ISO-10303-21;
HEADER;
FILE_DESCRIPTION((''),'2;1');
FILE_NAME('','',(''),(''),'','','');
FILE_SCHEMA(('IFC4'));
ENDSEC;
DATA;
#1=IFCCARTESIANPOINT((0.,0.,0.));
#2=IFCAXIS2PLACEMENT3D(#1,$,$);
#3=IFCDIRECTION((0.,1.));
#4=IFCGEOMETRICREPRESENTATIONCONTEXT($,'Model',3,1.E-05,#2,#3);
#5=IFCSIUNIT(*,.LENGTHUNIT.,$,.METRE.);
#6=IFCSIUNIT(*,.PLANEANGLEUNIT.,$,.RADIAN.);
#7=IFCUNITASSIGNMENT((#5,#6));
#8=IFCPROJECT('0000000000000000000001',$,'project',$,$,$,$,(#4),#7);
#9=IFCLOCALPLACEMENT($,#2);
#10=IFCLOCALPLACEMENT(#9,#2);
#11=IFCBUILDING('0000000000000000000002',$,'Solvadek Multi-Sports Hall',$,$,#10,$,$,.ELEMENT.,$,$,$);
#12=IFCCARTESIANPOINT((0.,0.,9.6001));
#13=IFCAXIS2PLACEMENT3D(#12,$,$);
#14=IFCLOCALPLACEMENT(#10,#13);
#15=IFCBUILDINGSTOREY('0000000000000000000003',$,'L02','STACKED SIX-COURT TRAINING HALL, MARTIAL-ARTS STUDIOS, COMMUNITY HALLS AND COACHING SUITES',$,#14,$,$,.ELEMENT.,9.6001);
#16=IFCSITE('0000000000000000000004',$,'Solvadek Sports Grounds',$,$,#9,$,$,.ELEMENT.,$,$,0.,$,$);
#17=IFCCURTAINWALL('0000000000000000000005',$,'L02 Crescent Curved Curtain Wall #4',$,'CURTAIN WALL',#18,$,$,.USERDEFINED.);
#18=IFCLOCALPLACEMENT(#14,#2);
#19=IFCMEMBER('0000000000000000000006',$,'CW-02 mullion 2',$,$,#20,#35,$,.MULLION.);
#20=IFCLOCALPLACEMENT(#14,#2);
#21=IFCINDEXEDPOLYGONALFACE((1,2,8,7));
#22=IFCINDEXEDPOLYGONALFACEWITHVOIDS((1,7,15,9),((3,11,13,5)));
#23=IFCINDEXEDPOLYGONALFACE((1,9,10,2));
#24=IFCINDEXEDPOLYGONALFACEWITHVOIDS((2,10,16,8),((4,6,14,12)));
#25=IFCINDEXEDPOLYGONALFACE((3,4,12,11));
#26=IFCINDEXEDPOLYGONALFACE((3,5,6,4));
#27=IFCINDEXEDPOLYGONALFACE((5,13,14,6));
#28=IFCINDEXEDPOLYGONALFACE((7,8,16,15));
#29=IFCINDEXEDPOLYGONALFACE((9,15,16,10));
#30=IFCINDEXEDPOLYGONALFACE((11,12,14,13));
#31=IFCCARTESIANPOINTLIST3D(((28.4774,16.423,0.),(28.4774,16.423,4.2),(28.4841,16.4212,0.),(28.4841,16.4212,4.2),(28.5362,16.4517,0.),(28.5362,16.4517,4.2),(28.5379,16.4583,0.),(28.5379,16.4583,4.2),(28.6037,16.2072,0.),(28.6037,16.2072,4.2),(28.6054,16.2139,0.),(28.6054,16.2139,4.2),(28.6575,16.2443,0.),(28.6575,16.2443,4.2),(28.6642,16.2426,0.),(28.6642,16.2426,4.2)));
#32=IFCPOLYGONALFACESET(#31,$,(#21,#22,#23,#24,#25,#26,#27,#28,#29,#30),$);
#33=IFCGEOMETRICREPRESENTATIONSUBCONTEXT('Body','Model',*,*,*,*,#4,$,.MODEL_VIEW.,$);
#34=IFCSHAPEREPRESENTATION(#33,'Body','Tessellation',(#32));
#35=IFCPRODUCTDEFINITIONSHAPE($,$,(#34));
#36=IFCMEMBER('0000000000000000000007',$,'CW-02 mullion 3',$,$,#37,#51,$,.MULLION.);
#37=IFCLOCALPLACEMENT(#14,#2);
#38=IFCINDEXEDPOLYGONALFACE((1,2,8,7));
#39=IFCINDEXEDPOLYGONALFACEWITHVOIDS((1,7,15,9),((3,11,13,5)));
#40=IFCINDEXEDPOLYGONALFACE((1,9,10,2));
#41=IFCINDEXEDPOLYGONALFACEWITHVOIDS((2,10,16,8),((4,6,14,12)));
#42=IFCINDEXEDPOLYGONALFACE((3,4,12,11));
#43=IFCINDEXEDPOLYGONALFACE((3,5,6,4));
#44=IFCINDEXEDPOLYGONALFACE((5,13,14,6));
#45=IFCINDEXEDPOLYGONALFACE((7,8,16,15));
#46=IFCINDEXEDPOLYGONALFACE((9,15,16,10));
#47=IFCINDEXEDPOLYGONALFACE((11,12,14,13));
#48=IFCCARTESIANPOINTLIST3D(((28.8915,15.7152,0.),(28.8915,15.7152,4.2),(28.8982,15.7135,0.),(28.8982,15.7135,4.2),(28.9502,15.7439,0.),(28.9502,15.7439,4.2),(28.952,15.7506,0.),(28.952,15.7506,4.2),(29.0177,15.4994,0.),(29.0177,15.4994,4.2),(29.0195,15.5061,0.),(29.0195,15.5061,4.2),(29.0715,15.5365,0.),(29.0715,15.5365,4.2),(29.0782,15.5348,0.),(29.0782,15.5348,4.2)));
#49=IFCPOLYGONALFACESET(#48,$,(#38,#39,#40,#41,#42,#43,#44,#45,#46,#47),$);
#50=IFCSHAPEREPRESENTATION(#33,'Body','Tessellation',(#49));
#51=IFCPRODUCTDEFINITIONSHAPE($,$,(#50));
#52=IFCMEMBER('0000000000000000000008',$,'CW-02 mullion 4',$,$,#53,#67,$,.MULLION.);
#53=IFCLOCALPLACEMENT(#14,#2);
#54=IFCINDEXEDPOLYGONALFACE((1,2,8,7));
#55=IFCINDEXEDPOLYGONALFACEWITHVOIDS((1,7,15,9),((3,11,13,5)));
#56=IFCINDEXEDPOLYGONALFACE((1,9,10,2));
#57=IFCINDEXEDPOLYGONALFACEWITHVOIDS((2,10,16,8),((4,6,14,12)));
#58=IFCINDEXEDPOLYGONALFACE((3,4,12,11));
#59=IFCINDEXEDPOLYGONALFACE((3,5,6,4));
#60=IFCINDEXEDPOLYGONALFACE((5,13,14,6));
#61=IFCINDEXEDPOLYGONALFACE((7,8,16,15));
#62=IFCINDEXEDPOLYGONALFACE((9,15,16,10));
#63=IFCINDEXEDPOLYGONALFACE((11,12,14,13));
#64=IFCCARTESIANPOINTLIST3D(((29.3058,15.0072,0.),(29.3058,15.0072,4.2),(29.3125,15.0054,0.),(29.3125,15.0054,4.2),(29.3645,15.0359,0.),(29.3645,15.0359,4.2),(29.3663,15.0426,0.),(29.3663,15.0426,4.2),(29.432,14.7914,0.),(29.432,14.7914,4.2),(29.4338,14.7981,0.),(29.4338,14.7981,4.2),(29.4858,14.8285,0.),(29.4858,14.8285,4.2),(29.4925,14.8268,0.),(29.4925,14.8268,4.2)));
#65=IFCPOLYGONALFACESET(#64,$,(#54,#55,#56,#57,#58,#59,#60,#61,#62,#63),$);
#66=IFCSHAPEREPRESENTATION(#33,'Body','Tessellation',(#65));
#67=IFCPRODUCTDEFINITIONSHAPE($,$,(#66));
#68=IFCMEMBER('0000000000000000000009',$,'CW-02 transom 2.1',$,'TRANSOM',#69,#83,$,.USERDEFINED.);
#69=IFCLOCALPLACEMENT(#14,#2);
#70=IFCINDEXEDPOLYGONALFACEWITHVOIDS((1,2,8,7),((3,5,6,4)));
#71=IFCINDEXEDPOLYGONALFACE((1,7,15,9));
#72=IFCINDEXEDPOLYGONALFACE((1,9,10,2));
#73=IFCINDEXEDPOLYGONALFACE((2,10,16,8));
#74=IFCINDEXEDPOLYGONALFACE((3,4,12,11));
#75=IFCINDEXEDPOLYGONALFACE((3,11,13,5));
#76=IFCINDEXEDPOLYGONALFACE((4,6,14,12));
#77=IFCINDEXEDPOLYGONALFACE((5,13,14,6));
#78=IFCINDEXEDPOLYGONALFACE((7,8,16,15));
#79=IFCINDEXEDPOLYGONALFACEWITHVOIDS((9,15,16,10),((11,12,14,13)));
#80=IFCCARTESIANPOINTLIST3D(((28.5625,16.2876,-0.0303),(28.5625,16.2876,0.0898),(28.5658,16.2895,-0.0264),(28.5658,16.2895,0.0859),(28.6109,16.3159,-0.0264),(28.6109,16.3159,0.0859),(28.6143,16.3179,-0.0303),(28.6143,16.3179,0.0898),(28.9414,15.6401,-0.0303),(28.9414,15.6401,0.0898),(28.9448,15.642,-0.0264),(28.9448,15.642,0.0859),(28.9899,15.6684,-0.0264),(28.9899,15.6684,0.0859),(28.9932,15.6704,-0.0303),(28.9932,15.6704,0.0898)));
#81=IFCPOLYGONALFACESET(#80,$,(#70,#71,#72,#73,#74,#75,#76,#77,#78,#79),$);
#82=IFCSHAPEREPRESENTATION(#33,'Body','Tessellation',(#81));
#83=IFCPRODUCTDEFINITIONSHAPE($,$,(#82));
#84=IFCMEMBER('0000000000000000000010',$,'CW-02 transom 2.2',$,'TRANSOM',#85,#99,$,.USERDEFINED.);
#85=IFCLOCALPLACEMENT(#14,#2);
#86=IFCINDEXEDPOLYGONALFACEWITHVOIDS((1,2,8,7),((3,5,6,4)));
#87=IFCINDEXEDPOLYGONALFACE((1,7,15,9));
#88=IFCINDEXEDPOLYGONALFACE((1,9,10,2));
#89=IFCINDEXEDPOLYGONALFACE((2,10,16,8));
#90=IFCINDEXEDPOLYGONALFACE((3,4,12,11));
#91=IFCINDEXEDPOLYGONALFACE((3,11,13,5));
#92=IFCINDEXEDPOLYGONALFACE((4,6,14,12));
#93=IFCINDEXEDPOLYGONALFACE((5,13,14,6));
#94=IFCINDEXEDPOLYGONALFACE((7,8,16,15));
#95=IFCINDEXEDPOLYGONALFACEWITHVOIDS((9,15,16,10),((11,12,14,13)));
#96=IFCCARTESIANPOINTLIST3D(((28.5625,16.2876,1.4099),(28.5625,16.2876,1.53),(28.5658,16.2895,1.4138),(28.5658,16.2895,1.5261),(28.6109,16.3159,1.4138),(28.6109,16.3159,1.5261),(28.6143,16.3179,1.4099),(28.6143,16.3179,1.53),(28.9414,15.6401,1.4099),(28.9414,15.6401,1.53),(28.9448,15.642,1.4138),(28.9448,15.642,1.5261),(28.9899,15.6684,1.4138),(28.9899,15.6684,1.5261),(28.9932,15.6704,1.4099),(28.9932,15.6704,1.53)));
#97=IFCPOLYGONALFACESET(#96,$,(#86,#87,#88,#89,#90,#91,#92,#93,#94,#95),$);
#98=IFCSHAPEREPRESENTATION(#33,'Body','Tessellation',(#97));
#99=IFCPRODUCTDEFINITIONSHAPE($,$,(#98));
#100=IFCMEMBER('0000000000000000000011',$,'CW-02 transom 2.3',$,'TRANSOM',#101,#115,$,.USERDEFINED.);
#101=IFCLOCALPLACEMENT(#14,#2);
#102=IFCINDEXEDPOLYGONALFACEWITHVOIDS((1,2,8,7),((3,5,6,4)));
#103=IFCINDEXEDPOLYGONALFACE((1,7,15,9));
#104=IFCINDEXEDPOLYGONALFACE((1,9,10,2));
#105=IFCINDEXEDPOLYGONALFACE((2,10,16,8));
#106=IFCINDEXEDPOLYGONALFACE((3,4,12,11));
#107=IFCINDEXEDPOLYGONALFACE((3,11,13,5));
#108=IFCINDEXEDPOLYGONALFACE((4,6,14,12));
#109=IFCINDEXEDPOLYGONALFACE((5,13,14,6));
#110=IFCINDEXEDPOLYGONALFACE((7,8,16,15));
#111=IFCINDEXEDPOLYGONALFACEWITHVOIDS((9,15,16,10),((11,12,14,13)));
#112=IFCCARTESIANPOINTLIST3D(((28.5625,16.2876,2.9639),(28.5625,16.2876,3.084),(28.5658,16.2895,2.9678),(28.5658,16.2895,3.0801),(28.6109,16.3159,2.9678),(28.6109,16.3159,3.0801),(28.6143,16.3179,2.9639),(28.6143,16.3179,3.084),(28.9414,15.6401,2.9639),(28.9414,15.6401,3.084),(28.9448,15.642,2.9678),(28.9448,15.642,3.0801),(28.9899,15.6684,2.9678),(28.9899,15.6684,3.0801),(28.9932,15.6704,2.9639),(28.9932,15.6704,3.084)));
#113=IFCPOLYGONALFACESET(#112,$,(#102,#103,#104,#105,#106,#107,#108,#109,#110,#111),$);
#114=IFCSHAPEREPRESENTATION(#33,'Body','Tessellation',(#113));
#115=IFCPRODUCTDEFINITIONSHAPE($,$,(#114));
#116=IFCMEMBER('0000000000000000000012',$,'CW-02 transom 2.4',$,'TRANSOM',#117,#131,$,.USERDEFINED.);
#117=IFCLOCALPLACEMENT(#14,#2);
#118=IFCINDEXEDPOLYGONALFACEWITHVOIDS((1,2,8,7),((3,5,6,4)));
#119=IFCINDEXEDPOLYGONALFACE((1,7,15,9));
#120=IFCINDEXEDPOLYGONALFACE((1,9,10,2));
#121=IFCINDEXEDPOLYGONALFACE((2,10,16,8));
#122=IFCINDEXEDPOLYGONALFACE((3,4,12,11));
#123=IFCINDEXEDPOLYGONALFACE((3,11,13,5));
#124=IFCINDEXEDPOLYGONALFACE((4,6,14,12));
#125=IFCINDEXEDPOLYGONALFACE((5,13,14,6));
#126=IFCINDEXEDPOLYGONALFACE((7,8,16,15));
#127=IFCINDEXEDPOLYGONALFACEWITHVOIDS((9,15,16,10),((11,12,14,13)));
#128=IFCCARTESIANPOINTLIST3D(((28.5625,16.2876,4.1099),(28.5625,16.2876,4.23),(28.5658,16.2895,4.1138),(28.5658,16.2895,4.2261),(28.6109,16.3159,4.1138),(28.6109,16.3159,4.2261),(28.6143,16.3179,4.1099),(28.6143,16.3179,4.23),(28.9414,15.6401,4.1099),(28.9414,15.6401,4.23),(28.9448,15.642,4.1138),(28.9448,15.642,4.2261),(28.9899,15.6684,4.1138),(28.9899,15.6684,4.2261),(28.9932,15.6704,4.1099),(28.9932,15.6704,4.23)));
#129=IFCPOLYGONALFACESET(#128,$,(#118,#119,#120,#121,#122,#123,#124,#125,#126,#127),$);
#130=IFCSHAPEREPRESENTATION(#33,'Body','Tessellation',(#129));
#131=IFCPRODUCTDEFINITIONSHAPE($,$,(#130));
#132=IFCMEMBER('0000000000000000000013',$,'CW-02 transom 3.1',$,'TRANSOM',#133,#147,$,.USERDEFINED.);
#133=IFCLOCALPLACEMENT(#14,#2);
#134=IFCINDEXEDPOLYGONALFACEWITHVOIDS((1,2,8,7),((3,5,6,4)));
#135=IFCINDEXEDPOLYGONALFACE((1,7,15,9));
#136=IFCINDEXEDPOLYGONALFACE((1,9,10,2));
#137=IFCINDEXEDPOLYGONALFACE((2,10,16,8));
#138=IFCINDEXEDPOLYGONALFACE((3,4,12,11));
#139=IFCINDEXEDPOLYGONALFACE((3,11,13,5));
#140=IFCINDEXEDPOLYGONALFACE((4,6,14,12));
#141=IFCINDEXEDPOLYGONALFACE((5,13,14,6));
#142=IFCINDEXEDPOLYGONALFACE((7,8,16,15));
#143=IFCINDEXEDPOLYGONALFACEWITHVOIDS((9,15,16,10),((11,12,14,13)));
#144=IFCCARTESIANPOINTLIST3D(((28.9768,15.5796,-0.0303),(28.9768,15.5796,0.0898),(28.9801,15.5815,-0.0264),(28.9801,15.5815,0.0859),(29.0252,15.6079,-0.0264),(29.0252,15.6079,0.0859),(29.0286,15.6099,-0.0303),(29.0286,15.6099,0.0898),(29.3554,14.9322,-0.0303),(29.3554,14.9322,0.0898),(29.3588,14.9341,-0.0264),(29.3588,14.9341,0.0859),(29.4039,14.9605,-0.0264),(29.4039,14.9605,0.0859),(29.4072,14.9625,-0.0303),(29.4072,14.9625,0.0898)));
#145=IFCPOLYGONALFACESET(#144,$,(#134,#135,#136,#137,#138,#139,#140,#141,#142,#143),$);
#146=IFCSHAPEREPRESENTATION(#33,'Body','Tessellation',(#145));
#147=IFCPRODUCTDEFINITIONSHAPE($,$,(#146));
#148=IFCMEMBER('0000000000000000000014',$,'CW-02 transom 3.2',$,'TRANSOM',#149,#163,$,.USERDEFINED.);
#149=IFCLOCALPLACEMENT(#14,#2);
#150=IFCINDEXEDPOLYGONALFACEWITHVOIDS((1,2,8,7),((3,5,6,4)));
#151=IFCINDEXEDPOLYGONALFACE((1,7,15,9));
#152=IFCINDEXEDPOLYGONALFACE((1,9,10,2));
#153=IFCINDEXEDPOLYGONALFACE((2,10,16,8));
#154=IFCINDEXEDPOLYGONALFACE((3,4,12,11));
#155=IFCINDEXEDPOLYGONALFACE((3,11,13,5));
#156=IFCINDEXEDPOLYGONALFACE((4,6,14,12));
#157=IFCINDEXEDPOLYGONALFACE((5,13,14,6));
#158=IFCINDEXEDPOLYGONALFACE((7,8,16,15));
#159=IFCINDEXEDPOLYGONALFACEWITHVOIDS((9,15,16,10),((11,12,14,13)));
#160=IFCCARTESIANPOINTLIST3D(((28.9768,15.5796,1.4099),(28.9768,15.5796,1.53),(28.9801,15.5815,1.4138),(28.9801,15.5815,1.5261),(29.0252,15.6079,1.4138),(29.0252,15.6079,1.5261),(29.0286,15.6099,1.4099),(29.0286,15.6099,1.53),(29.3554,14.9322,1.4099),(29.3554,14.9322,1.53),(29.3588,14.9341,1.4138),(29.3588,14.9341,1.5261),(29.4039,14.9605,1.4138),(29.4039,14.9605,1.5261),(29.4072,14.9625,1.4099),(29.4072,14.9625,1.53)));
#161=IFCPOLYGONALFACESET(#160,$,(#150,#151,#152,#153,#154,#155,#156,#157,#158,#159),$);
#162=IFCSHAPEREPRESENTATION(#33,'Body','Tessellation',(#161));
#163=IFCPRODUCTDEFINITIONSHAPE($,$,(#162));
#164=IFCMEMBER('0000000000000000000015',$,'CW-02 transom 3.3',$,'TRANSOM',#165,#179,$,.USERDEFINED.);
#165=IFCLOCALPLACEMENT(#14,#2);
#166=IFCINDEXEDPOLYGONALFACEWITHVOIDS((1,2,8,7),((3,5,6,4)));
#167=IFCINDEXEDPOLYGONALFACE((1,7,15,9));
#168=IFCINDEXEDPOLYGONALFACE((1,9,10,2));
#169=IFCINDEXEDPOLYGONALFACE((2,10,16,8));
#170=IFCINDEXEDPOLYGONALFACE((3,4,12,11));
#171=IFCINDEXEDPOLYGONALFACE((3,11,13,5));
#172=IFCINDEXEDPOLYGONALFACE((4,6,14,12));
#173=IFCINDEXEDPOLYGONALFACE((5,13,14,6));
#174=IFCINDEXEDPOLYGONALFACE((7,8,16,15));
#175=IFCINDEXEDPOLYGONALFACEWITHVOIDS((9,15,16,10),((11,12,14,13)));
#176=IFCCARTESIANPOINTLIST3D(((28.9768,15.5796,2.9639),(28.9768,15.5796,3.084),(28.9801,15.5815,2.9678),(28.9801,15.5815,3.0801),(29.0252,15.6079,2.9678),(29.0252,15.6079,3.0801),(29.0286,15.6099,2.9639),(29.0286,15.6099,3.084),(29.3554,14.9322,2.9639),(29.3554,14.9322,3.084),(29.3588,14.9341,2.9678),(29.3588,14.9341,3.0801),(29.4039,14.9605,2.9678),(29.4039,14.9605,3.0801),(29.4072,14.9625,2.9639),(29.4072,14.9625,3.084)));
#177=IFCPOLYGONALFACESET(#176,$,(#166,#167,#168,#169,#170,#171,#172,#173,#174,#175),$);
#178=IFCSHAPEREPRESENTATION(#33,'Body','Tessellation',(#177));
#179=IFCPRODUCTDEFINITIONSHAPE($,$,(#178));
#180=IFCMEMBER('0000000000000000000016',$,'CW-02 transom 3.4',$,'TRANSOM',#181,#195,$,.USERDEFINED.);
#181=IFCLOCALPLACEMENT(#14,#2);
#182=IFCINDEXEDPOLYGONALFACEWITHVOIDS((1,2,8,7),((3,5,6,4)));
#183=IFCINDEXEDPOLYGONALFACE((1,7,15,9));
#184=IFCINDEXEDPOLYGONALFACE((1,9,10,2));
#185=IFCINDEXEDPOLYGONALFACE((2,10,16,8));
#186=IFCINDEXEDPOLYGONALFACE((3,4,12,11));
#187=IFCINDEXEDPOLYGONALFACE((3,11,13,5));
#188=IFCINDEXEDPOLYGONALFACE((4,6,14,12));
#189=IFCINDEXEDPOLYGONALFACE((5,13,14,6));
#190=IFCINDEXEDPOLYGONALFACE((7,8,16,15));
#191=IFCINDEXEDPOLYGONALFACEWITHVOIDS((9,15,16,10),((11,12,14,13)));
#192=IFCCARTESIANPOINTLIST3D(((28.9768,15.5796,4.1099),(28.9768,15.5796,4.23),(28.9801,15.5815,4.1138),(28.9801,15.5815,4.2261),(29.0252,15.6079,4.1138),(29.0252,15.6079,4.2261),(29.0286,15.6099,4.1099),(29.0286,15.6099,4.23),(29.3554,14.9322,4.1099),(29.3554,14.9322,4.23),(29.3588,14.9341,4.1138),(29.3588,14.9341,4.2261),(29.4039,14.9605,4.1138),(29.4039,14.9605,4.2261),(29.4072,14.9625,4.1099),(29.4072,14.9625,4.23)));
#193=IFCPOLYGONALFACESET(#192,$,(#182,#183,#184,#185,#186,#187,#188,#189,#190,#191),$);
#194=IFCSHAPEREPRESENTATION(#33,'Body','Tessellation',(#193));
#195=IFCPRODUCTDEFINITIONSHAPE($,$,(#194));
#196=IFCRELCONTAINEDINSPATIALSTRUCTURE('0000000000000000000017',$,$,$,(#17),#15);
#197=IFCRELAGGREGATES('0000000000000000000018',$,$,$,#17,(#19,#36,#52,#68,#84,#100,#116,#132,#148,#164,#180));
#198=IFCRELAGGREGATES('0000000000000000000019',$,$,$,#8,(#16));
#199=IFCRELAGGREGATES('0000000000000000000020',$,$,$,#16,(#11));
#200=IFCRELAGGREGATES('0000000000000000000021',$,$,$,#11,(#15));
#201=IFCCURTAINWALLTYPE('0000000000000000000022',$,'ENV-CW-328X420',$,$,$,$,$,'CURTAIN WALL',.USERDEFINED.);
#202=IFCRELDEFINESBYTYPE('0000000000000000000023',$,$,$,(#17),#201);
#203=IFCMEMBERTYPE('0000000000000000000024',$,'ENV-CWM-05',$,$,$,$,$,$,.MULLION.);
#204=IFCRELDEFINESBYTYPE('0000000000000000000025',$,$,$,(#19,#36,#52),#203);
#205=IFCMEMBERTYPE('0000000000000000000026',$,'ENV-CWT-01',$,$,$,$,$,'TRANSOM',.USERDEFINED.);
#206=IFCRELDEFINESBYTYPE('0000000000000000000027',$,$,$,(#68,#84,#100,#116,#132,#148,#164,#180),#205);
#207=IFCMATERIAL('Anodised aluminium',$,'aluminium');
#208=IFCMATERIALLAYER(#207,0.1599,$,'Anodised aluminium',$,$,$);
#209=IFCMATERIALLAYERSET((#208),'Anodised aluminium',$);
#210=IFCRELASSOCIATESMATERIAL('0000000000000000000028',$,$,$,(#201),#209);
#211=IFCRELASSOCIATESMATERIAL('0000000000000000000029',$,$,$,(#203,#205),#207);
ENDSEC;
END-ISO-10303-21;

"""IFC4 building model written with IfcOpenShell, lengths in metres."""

from ifc_helpers import new_model, si_unit, direction, frame, origin, origin_2d, place, context, subcontext, project, spatial, hollow_rectangle, extrude, material, layer, layer_set, material_profile, profile_set, type_object, element, aggregate, save


model = new_model("IFC4")

# Units and contexts
model_context = context("Model", 3, precision=1e-05, world=origin(), true_north=direction((0.0, 1.0)))
body_context = subcontext(model_context, "Body", "Model", "MODEL_VIEW")
ifc_project = project(units=[si_unit("LENGTHUNIT", "METRE"), si_unit("PLANEANGLEUNIT", "RADIAN")], contexts=[model_context])

# Site, building, storey
site_placement = place(None, origin())
site = spatial("IfcSite", under=ifc_project, at=site_placement, Name="Solvadek Sports Grounds", CompositionType="ELEMENT", RefElevation=0.0)
building_placement = place(site_placement, origin())
building = spatial("IfcBuilding", under=site, at=building_placement, Name="Solvadek Multi-Sports Hall", CompositionType="ELEMENT")
storey_placement = place(building_placement, frame((0.0, 0.0, 9.6001)))
storey = spatial("IfcBuildingStorey", under=building, at=storey_placement, Name="L02", Description="STACKED SIX-COURT TRAINING HALL, MARTIAL-ARTS STUDIOS, COMMUNITY HALLS AND COACHING SUITES", CompositionType="ELEMENT", Elevation=9.6001)

# Curtain wall, members
ifc_material_1 = material(Name="Anodised aluminium", Category="aluminium")
ifc_layer_1 = layer(ifc_material_1, 0.1599, Name="Anodised aluminium")
ifc_layer_set_1 = layer_set([ifc_layer_1], Name="Anodised aluminium")
curtain_wall_type = type_object("IfcCurtainWallType", Name="ENV-CW-328X420", ElementType="CURTAIN WALL", PredefinedType="USERDEFINED", material=ifc_layer_set_1)
curtain_wall_placement = place(storey_placement, origin())
curtain_wall = element("IfcCurtainWall", 1, at=curtain_wall_placement, inside=storey, type_object=curtain_wall_type, Name="L02 Crescent Curved Curtain Wall #4", ObjectType="CURTAIN WALL", PredefinedType="USERDEFINED")
ifc_material_profile_1 = material_profile(ifc_material_1, hollow_rectangle(XDim=0.0701, YDim=0.25, WallThickness=0.0049, at=origin_2d()), Name="ALU-M 250x70x5")
ifc_profile_set_1 = profile_set([ifc_material_profile_1], Name="Anodised aluminium")
member_type_1 = type_object("IfcMemberType", Name="ENV-CWM-05", PredefinedType="MULLION", material=ifc_profile_set_1)
member_1_placement = place(storey_placement, frame((28.5708, 16.3328, 0.0), z_axis=(0.0, 0.0, 1.0), x_axis=(0.863145, 0.504957, 0.0)))
member_1 = element("IfcMember", 2, at=member_1_placement, type_object=member_type_1, Name="CW-02 mullion 2", PredefinedType="MULLION", context=body_context, shape_type="SweptSolid", body=[
    extrude(hollow_rectangle(XDim=0.0701, YDim=0.25, WallThickness=0.0049, at=origin_2d()), origin(), (0.0, 0.0, 1.0), 4.2),
])
member_2_placement = place(storey_placement, frame((28.9849, 15.625, 0.0), z_axis=(0.0, 0.0, 1.0), x_axis=(0.863145, 0.504957, 0.0)))
member_2 = element("IfcMember", 3, at=member_2_placement, type_object=member_type_1, Name="CW-02 mullion 3", PredefinedType="MULLION", context=body_context, shape_type="SweptSolid", body=[
    extrude(hollow_rectangle(XDim=0.0701, YDim=0.25, WallThickness=0.0049, at=origin_2d()), origin(), (0.0, 0.0, 1.0), 4.2),
])
member_3_placement = place(storey_placement, frame((29.3992, 14.917, 0.0), z_axis=(0.0, 0.0, 1.0), x_axis=(0.863145, 0.504957, 0.0)))
member_3 = element("IfcMember", 4, at=member_3_placement, type_object=member_type_1, Name="CW-02 mullion 4", PredefinedType="MULLION", context=body_context, shape_type="SweptSolid", body=[
    extrude(hollow_rectangle(XDim=0.0701, YDim=0.25, WallThickness=0.0049, at=origin_2d()), origin(), (0.0, 0.0, 1.0), 4.2),
])
ifc_material_profile_2 = material_profile(ifc_material_1, hollow_rectangle(XDim=0.0601, YDim=0.1201, WallThickness=0.0039, at=origin_2d()), Name="ALU-T 120x60x4")
ifc_profile_set_2 = profile_set([ifc_material_profile_2], Name="Anodised aluminium")
member_type_2 = type_object("IfcMemberType", Name="ENV-CWT-01", ElementType="TRANSOM", PredefinedType="USERDEFINED", material=ifc_profile_set_2)
member_4_placement = place(storey_placement, frame((28.5884, 16.3027, 0.0298), z_axis=(0.505085, -0.86307, 0.0), x_axis=(0.86307, 0.505085, 0.0)))
member_4 = element("IfcMember", 5, at=member_4_placement, type_object=member_type_2, Name="CW-02 transom 2.1", ObjectType="TRANSOM", PredefinedType="USERDEFINED", context=body_context, shape_type="SweptSolid", body=[
    extrude(hollow_rectangle(XDim=0.0601, YDim=0.1201, WallThickness=0.0039, at=origin_2d()), origin(), (0.0, 0.0, 1.0), 0.7502),
])
member_5_placement = place(storey_placement, frame((28.5884, 16.3027, 1.47), z_axis=(0.505085, -0.86307, 0.0), x_axis=(0.86307, 0.505085, 0.0)))
member_5 = element("IfcMember", 6, at=member_5_placement, type_object=member_type_2, Name="CW-02 transom 2.2", ObjectType="TRANSOM", PredefinedType="USERDEFINED", context=body_context, shape_type="SweptSolid", body=[
    extrude(hollow_rectangle(XDim=0.0601, YDim=0.1201, WallThickness=0.0039, at=origin_2d()), origin(), (0.0, 0.0, 1.0), 0.7502),
])
member_6_placement = place(storey_placement, frame((28.5884, 16.3027, 3.0239), z_axis=(0.505085, -0.86307, 0.0), x_axis=(0.86307, 0.505085, 0.0)))
member_6 = element("IfcMember", 7, at=member_6_placement, type_object=member_type_2, Name="CW-02 transom 2.3", ObjectType="TRANSOM", PredefinedType="USERDEFINED", context=body_context, shape_type="SweptSolid", body=[
    extrude(hollow_rectangle(XDim=0.0601, YDim=0.1201, WallThickness=0.0039, at=origin_2d()), origin(), (0.0, 0.0, 1.0), 0.7502),
])
member_7_placement = place(storey_placement, frame((28.5884, 16.3027, 4.1699), z_axis=(0.505085, -0.86307, 0.0), x_axis=(0.86307, 0.505085, 0.0)))
member_7 = element("IfcMember", 8, at=member_7_placement, type_object=member_type_2, Name="CW-02 transom 2.4", ObjectType="TRANSOM", PredefinedType="USERDEFINED", context=body_context, shape_type="SweptSolid", body=[
    extrude(hollow_rectangle(XDim=0.0601, YDim=0.1201, WallThickness=0.0039, at=origin_2d()), origin(), (0.0, 0.0, 1.0), 0.7502),
])
member_8_placement = place(storey_placement, frame((29.0027, 15.5947, 0.0298), z_axis=(0.504842, -0.863212, 0.0), x_axis=(0.863212, 0.504842, 0.0)))
member_8 = element("IfcMember", 9, at=member_8_placement, type_object=member_type_2, Name="CW-02 transom 3.1", ObjectType="TRANSOM", PredefinedType="USERDEFINED", context=body_context, shape_type="SweptSolid", body=[
    extrude(hollow_rectangle(XDim=0.0601, YDim=0.1201, WallThickness=0.0039, at=origin_2d()), origin(), (0.0, 0.0, 1.0), 0.75),
])
member_9_placement = place(storey_placement, frame((29.0027, 15.5947, 1.47), z_axis=(0.504842, -0.863212, 0.0), x_axis=(0.863212, 0.504842, 0.0)))
member_9 = element("IfcMember", 10, at=member_9_placement, type_object=member_type_2, Name="CW-02 transom 3.2", ObjectType="TRANSOM", PredefinedType="USERDEFINED", context=body_context, shape_type="SweptSolid", body=[
    extrude(hollow_rectangle(XDim=0.0601, YDim=0.1201, WallThickness=0.0039, at=origin_2d()), origin(), (0.0, 0.0, 1.0), 0.75),
])
member_10_placement = place(storey_placement, frame((29.0027, 15.5947, 3.0239), z_axis=(0.504842, -0.863212, 0.0), x_axis=(0.863212, 0.504842, 0.0)))
member_10 = element("IfcMember", 11, at=member_10_placement, type_object=member_type_2, Name="CW-02 transom 3.3", ObjectType="TRANSOM", PredefinedType="USERDEFINED", context=body_context, shape_type="SweptSolid", body=[
    extrude(hollow_rectangle(XDim=0.0601, YDim=0.1201, WallThickness=0.0039, at=origin_2d()), origin(), (0.0, 0.0, 1.0), 0.75),
])
member_11_placement = place(storey_placement, frame((29.0027, 15.5947, 4.1699), z_axis=(0.504842, -0.863212, 0.0), x_axis=(0.863212, 0.504842, 0.0)))
member_11 = element("IfcMember", 12, at=member_11_placement, type_object=member_type_2, Name="CW-02 transom 3.4", ObjectType="TRANSOM", PredefinedType="USERDEFINED", context=body_context, shape_type="SweptSolid", body=[
    extrude(hollow_rectangle(XDim=0.0601, YDim=0.1201, WallThickness=0.0039, at=origin_2d()), origin(), (0.0, 0.0, 1.0), 0.75),
])
aggregate(curtain_wall, [member_1, member_2, member_3, member_4, member_5, member_6, member_7, member_8, member_9, member_10, member_11])

save(model, "model.ifc")
